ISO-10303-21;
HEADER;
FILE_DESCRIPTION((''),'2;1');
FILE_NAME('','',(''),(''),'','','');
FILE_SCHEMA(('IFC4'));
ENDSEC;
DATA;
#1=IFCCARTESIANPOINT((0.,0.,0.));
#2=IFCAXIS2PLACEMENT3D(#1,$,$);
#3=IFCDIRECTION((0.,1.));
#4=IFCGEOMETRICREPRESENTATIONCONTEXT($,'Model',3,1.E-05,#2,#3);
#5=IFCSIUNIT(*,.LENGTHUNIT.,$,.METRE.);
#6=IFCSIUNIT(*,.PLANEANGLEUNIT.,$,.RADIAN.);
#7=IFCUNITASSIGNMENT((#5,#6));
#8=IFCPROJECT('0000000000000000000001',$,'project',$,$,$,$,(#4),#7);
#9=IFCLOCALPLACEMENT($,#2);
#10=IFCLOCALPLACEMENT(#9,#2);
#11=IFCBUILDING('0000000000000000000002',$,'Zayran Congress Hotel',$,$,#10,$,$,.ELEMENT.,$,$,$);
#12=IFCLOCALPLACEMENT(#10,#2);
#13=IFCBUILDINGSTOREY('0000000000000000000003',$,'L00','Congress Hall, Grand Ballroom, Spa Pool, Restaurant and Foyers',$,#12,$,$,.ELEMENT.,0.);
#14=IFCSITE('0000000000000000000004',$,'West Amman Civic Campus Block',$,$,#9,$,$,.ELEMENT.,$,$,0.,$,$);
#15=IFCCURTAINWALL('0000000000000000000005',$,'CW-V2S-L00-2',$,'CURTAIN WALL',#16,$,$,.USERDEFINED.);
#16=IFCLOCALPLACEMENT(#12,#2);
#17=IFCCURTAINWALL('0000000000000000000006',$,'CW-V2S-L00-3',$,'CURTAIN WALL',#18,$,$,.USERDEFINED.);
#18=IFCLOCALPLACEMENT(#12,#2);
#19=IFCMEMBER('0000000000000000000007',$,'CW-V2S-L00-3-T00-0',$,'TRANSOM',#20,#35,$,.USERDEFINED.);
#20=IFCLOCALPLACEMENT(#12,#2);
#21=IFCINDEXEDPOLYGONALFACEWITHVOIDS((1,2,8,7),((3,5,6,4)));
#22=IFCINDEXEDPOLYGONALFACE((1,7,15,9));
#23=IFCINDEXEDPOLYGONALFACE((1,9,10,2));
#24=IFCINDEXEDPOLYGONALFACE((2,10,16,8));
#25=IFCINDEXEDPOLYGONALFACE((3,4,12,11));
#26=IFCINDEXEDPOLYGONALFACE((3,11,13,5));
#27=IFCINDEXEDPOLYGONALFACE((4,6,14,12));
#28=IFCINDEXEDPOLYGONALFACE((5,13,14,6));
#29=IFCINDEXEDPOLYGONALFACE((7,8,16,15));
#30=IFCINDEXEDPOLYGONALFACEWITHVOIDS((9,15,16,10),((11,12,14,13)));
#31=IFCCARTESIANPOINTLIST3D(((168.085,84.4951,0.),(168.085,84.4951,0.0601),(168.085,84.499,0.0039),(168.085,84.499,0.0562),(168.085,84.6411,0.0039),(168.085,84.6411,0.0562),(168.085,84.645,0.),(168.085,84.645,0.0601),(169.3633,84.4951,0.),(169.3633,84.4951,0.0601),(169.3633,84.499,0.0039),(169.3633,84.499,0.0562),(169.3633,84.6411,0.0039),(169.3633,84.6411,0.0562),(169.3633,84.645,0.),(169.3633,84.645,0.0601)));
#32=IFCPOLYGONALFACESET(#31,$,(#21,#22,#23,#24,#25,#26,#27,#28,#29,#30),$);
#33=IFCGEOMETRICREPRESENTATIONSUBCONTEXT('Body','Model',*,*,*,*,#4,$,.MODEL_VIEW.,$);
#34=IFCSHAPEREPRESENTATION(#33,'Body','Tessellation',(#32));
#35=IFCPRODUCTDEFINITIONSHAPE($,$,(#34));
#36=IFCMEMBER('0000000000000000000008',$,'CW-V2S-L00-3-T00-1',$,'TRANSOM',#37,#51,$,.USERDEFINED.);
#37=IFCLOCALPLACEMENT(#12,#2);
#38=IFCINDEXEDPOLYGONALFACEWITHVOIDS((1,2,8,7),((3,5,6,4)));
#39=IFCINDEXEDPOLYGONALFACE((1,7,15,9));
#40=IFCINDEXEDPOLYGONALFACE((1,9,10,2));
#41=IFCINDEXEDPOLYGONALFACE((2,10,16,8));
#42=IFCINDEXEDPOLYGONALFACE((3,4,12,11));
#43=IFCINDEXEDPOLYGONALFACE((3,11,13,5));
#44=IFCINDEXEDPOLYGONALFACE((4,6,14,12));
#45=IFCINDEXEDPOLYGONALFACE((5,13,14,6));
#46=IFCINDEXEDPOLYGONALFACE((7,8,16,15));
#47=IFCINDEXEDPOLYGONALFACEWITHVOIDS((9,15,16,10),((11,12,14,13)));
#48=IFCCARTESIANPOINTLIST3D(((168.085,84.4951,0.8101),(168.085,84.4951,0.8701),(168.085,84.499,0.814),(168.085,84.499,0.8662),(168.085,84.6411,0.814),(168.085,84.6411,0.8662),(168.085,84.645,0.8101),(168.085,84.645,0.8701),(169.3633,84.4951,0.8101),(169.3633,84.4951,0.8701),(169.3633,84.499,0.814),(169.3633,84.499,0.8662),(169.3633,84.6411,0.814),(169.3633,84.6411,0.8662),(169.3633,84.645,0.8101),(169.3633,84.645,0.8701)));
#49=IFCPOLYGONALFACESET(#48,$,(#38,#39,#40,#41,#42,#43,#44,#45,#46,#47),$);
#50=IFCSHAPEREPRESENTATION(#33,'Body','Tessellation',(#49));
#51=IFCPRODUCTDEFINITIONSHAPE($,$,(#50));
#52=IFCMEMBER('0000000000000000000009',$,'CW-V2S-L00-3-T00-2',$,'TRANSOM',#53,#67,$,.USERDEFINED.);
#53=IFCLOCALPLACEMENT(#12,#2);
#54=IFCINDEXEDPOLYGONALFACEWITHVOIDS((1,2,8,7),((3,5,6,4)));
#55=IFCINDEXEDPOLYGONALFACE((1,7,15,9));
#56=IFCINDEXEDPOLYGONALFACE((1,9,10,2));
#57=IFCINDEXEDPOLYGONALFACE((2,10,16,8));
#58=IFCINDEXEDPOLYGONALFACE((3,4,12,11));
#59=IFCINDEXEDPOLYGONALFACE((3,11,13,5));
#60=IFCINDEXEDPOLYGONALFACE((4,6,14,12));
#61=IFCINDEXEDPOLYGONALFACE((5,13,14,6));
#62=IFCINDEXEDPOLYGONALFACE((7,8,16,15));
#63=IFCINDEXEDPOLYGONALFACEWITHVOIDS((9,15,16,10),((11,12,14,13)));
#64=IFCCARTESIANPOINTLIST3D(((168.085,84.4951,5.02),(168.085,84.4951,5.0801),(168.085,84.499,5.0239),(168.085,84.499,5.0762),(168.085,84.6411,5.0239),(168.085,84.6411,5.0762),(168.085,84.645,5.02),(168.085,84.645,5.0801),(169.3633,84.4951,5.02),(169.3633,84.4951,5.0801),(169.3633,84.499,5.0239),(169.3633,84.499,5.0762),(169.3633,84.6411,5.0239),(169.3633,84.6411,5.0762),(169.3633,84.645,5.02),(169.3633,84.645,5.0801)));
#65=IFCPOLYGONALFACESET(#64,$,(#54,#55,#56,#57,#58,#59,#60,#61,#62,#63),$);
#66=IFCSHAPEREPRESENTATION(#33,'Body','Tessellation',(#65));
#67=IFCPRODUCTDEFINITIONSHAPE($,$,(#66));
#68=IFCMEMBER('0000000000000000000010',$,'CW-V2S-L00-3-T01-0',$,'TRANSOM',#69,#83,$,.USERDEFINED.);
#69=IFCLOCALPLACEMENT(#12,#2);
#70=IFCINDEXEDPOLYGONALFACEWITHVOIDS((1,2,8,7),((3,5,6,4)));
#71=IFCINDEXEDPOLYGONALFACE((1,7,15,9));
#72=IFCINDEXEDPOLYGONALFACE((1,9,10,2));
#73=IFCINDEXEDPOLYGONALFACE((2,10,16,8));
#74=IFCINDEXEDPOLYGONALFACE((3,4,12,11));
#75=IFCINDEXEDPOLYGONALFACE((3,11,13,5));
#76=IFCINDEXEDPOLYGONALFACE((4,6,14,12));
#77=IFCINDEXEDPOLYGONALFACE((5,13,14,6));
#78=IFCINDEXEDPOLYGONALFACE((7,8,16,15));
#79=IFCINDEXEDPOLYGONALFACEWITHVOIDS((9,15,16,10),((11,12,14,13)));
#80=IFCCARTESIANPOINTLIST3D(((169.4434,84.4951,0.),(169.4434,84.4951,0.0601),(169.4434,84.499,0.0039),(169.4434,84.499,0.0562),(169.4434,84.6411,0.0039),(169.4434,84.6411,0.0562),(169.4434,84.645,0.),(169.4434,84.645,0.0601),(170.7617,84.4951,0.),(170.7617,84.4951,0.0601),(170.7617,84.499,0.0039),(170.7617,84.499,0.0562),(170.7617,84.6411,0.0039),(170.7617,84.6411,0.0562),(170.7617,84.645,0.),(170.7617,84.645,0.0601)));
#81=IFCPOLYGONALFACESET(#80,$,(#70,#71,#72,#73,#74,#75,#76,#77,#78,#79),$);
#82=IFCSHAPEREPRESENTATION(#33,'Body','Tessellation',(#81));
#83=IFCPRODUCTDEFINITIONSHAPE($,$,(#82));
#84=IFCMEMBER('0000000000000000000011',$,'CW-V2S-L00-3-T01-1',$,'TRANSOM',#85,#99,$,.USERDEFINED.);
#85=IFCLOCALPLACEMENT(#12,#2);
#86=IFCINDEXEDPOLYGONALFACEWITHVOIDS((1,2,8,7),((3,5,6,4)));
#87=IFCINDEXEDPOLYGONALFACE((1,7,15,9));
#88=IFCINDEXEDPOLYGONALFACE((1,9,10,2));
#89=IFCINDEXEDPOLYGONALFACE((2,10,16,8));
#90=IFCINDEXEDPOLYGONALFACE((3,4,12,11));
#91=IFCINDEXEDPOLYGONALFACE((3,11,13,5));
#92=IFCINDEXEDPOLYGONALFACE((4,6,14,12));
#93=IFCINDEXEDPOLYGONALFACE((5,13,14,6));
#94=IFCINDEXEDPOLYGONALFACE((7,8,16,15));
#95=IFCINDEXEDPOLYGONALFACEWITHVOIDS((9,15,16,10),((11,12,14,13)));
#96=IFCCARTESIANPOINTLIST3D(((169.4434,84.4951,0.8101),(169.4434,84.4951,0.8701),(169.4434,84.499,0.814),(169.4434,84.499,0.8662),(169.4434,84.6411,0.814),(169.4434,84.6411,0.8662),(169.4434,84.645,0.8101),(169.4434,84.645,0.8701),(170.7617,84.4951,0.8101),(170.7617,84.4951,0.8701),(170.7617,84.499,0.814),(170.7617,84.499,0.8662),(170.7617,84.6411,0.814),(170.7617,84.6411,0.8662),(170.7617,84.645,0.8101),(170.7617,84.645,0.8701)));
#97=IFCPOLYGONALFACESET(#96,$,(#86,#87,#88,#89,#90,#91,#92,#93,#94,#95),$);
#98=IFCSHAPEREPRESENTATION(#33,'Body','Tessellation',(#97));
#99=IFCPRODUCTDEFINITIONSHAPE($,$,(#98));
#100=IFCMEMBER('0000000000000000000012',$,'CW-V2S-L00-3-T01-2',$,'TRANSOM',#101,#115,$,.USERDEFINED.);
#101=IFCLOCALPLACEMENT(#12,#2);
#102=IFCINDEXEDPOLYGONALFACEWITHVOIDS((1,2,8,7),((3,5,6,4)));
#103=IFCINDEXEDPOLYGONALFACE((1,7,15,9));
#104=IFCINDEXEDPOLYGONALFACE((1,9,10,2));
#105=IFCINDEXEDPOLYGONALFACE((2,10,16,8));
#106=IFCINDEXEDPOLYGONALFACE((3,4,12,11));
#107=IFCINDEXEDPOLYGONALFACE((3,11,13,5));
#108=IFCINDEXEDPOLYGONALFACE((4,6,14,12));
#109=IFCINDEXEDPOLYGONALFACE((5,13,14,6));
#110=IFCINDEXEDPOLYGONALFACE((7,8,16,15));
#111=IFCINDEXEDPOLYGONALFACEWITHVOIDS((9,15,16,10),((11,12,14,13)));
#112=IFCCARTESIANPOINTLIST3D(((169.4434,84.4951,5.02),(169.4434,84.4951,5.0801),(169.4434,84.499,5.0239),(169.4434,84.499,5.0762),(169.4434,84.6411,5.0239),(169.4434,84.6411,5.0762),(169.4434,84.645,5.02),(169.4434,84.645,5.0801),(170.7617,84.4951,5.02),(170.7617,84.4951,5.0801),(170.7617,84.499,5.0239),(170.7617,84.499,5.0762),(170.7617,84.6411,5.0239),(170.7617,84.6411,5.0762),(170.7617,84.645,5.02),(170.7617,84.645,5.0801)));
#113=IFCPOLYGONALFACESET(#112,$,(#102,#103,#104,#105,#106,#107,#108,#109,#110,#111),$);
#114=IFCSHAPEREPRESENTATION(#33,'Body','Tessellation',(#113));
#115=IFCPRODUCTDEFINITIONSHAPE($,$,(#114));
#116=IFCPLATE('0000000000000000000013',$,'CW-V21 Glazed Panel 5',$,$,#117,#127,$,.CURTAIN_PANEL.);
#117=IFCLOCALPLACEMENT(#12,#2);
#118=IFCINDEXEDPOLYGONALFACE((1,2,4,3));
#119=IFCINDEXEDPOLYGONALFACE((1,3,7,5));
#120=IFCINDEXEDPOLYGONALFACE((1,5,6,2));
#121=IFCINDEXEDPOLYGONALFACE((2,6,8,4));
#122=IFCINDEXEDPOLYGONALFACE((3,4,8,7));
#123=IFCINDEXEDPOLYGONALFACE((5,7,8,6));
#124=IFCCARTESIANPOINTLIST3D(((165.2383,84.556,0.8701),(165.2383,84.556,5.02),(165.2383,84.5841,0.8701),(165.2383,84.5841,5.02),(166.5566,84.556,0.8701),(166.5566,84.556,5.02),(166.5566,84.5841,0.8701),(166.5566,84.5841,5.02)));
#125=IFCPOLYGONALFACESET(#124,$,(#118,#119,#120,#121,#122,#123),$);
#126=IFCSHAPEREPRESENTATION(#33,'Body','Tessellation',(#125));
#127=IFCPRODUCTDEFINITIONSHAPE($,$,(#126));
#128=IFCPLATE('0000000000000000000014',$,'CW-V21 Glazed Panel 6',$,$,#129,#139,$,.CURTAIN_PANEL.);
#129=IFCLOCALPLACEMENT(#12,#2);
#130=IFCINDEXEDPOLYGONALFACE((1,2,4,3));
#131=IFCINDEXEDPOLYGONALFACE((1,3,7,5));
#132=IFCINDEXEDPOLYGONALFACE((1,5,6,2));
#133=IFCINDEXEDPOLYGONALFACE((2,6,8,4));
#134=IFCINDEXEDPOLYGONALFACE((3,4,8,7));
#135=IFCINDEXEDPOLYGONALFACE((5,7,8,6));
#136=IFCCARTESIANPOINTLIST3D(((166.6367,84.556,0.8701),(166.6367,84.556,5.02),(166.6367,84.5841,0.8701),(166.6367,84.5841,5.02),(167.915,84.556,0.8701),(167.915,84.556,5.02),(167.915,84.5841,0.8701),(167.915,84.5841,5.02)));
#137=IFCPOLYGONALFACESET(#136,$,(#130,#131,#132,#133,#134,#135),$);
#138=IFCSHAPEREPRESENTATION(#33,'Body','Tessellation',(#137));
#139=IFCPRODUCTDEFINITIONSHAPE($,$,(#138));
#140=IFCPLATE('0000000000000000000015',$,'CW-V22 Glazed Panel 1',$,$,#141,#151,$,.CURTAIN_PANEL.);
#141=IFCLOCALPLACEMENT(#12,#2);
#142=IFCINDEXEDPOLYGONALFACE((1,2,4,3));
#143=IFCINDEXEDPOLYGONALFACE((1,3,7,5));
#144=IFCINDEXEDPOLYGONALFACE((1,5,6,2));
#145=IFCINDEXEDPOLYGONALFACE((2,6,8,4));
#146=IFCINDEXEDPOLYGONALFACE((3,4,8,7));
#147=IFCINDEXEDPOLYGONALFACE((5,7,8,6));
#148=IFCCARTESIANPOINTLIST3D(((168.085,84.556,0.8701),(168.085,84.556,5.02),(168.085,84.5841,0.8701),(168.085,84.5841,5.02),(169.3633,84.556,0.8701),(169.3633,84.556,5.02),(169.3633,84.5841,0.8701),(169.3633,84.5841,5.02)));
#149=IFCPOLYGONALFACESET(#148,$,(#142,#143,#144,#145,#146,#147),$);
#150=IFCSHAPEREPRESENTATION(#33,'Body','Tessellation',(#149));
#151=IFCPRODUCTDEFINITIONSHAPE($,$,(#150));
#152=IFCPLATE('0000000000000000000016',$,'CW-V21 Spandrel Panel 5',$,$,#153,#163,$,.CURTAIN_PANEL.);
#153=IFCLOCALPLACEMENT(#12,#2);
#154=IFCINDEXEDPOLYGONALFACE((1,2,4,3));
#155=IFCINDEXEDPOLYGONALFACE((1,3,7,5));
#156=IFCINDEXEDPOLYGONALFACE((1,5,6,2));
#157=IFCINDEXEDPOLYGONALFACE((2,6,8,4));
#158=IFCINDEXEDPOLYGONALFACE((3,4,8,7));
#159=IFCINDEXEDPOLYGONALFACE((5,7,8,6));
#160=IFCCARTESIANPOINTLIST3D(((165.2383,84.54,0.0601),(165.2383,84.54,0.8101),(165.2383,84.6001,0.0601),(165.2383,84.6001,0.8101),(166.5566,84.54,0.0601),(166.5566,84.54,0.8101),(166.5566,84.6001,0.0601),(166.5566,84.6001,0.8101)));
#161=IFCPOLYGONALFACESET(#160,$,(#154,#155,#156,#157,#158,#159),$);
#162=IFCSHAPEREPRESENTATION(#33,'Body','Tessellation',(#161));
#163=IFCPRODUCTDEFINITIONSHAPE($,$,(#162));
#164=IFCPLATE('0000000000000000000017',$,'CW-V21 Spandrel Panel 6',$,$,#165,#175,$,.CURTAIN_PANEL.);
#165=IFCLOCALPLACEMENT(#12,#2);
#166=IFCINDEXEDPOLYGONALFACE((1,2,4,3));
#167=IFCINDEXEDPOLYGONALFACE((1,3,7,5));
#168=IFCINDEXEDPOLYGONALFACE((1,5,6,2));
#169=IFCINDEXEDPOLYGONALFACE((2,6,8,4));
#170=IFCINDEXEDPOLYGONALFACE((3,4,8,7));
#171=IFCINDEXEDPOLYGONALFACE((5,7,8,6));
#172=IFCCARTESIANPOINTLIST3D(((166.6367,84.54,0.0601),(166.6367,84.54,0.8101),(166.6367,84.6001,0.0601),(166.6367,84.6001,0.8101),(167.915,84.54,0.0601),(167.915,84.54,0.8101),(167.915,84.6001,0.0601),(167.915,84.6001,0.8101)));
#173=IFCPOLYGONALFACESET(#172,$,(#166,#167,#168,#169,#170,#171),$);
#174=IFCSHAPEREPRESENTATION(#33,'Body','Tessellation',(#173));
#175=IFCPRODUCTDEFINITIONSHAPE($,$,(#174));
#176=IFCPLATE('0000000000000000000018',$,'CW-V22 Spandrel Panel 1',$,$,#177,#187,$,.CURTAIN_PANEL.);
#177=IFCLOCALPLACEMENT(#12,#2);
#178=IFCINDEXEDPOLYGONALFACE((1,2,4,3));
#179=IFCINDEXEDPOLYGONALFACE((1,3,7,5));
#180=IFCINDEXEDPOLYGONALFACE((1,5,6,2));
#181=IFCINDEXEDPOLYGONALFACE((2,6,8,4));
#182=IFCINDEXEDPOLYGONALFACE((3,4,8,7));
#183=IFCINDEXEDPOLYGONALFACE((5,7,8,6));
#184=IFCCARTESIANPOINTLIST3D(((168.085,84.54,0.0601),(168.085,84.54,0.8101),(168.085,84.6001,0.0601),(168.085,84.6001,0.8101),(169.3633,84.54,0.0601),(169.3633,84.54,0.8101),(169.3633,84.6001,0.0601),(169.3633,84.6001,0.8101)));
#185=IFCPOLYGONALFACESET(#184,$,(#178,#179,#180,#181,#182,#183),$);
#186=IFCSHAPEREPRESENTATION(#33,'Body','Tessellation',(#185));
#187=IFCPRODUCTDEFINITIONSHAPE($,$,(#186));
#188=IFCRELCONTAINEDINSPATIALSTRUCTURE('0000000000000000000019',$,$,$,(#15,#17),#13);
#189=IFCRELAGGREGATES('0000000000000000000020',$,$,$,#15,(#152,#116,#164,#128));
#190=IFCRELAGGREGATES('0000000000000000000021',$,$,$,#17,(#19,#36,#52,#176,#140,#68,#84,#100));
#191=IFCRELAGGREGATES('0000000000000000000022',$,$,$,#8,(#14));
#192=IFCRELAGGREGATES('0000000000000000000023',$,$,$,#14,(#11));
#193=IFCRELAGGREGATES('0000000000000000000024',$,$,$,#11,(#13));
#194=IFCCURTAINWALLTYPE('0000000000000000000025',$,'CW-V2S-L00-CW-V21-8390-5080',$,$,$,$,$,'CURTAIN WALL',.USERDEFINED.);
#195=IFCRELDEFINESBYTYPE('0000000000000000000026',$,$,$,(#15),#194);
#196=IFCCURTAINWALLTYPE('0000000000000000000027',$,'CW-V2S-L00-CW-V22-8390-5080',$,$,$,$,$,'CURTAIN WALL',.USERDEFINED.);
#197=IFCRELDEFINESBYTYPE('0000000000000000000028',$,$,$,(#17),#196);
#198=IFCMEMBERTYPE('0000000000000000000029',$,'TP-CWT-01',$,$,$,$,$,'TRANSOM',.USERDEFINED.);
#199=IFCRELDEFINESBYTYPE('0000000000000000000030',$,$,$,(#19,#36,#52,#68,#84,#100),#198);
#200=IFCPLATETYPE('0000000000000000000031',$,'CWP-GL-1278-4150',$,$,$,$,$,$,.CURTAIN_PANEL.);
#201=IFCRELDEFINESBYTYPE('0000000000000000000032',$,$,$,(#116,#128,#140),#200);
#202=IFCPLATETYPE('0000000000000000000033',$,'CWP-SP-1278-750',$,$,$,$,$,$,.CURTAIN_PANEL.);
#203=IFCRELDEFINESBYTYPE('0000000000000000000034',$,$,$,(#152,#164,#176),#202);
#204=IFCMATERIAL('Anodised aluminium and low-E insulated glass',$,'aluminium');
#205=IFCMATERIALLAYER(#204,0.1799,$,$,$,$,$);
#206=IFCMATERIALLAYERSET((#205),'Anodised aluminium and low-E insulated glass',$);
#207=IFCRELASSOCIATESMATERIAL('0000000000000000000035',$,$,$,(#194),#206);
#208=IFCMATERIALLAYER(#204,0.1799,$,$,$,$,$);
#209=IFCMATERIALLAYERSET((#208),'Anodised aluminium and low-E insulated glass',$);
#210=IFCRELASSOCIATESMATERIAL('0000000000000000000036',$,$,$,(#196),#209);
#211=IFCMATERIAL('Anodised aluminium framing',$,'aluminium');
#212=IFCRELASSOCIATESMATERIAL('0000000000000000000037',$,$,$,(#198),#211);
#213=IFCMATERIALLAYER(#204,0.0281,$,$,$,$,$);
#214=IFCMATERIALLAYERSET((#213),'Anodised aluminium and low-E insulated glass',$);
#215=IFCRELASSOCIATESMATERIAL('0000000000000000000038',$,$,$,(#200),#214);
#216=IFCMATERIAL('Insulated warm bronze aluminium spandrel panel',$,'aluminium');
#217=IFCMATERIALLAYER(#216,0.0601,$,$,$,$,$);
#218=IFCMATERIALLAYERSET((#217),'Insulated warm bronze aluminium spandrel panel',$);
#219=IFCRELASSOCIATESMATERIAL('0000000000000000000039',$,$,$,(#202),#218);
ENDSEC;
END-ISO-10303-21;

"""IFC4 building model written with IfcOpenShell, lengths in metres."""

from ifc_helpers import new_model, si_unit, direction, frame, origin, origin_2d, place, context, subcontext, project, spatial, rectangle, hollow_rectangle, extrude, material, layer, layer_set, material_profile, profile_set, type_object, element, aggregate, save


model = new_model("IFC4")

# Units and contexts
model_context = context("Model", 3, precision=1e-05, world=origin(), true_north=direction((0.0, 1.0)))
body_context = subcontext(model_context, "Body", "Model", "MODEL_VIEW")
ifc_project = project(units=[si_unit("LENGTHUNIT", "METRE"), si_unit("PLANEANGLEUNIT", "RADIAN")], contexts=[model_context])

# Site, building, storey
site_placement = place(None, origin())
site = spatial("IfcSite", under=ifc_project, at=site_placement, Name="West Amman Civic Campus Block", CompositionType="ELEMENT", RefElevation=0.0)
building_placement = place(site_placement, origin())
building = spatial("IfcBuilding", under=site, at=building_placement, Name="Zayran Congress Hotel", CompositionType="ELEMENT")
storey_placement = place(building_placement, origin())
storey = spatial("IfcBuildingStorey", under=building, at=storey_placement, Name="L00", Description="Congress Hall, Grand Ballroom, Spa Pool, Restaurant and Foyers", CompositionType="ELEMENT", Elevation=0.0)

# Curtain walls
ifc_material_1 = material(Name="Anodised aluminium and low-E insulated glass", Category="aluminium")
ifc_layer_1 = layer(ifc_material_1, 0.1799)
ifc_layer_set_1 = layer_set([ifc_layer_1], Name="Anodised aluminium and low-E insulated glass")
curtain_wall_type_1 = type_object("IfcCurtainWallType", Name="CW-V2S-L00-CW-V21-8390-5080", ElementType="CURTAIN WALL", PredefinedType="USERDEFINED", material=ifc_layer_set_1)
curtain_wall_1_placement = place(storey_placement, origin())
curtain_wall_1 = element("IfcCurtainWall", 1, at=curtain_wall_1_placement, inside=storey, type_object=curtain_wall_type_1, Name="CW-V2S-L00-2", ObjectType="CURTAIN WALL", PredefinedType="USERDEFINED")
ifc_material_2 = material(Name="Anodised aluminium framing", Category="aluminium")
ifc_layer_2 = layer(ifc_material_1, 0.1799)
ifc_layer_set_2 = layer_set([ifc_layer_2], Name="Anodised aluminium and low-E insulated glass")
curtain_wall_type_2 = type_object("IfcCurtainWallType", Name="CW-V2S-L00-CW-V22-8390-5080", ElementType="CURTAIN WALL", PredefinedType="USERDEFINED", material=ifc_layer_set_2)
curtain_wall_2_placement = place(storey_placement, origin())
curtain_wall_2 = element("IfcCurtainWall", 2, at=curtain_wall_2_placement, inside=storey, type_object=curtain_wall_type_2, Name="CW-V2S-L00-3", ObjectType="CURTAIN WALL", PredefinedType="USERDEFINED")

# Members
ifc_material_profile_1 = material_profile(ifc_material_2, hollow_rectangle(XDim=0.0601, YDim=0.1499, WallThickness=0.0039, at=origin_2d()), Name="RHS 150x60x4")
ifc_profile_set_1 = profile_set([ifc_material_profile_1], Name="Anodised aluminium framing")
member_type_1 = type_object("IfcMemberType", Name="TP-CWT-01", ElementType="TRANSOM", PredefinedType="USERDEFINED", material=ifc_profile_set_1)
member_1_placement = place(storey_placement, frame((168.085, 84.5701, 0.03), z_axis=(1.0, 0.0, 0.0), x_axis=(0.0, 0.0, 1.0)))
member_1 = element("IfcMember", 3, at=member_1_placement, type_object=member_type_1, Name="CW-V2S-L00-3-T00-0", ObjectType="TRANSOM", PredefinedType="USERDEFINED", context=body_context, shape_type="SweptSolid", body=[
    extrude(hollow_rectangle(XDim=0.0601, YDim=0.1499, WallThickness=0.0039, at=origin_2d()), origin(), (0.0, 0.0, 1.0), 1.2783),
])
member_2_placement = place(storey_placement, frame((168.085, 84.5701, 0.8401), z_axis=(1.0, 0.0, 0.0), x_axis=(0.0, 0.0, 1.0)))
member_2 = element("IfcMember", 4, at=member_2_placement, type_object=member_type_1, Name="CW-V2S-L00-3-T00-1", ObjectType="TRANSOM", PredefinedType="USERDEFINED", context=body_context, shape_type="SweptSolid", body=[
    extrude(hollow_rectangle(XDim=0.0601, YDim=0.1499, WallThickness=0.0039, at=origin_2d()), origin(), (0.0, 0.0, 1.0), 1.2783),
])
member_3_placement = place(storey_placement, frame((168.085, 84.5701, 5.05), z_axis=(1.0, 0.0, 0.0), x_axis=(0.0, 0.0, 1.0)))
member_3 = element("IfcMember", 5, at=member_3_placement, type_object=member_type_1, Name="CW-V2S-L00-3-T00-2", ObjectType="TRANSOM", PredefinedType="USERDEFINED", context=body_context, shape_type="SweptSolid", body=[
    extrude(hollow_rectangle(XDim=0.0601, YDim=0.1499, WallThickness=0.0039, at=origin_2d()), origin(), (0.0, 0.0, 1.0), 1.2783),
])
member_4_placement = place(storey_placement, frame((169.4434, 84.5701, 0.03), z_axis=(1.0, 0.0, 0.0), x_axis=(0.0, 0.0, 1.0)))
member_4 = element("IfcMember", 6, at=member_4_placement, type_object=member_type_1, Name="CW-V2S-L00-3-T01-0", ObjectType="TRANSOM", PredefinedType="USERDEFINED", context=body_context, shape_type="SweptSolid", body=[
    extrude(hollow_rectangle(XDim=0.0601, YDim=0.1499, WallThickness=0.0039, at=origin_2d()), origin(), (0.0, 0.0, 1.0), 1.3184),
])
member_5_placement = place(storey_placement, frame((169.4434, 84.5701, 0.8401), z_axis=(1.0, 0.0, 0.0), x_axis=(0.0, 0.0, 1.0)))
member_5 = element("IfcMember", 7, at=member_5_placement, type_object=member_type_1, Name="CW-V2S-L00-3-T01-1", ObjectType="TRANSOM", PredefinedType="USERDEFINED", context=body_context, shape_type="SweptSolid", body=[
    extrude(hollow_rectangle(XDim=0.0601, YDim=0.1499, WallThickness=0.0039, at=origin_2d()), origin(), (0.0, 0.0, 1.0), 1.3184),
])
member_6_placement = place(storey_placement, frame((169.4434, 84.5701, 5.05), z_axis=(1.0, 0.0, 0.0), x_axis=(0.0, 0.0, 1.0)))
member_6 = element("IfcMember", 8, at=member_6_placement, type_object=member_type_1, Name="CW-V2S-L00-3-T01-2", ObjectType="TRANSOM", PredefinedType="USERDEFINED", context=body_context, shape_type="SweptSolid", body=[
    extrude(hollow_rectangle(XDim=0.0601, YDim=0.1499, WallThickness=0.0039, at=origin_2d()), origin(), (0.0, 0.0, 1.0), 1.3184),
])

# Plates
ifc_layer_3 = layer(ifc_material_1, 0.0281)
ifc_layer_set_3 = layer_set([ifc_layer_3], Name="Anodised aluminium and low-E insulated glass")
plate_type_1 = type_object("IfcPlateType", Name="CWP-GL-1278-4150", PredefinedType="CURTAIN_PANEL", material=ifc_layer_set_3)
plate_1_placement = place(storey_placement, frame((165.8975, 84.5701, 0.8701), z_axis=(0.0, 0.0, 1.0), x_axis=(1.0, 0.0, 0.0)))
plate_1 = element("IfcPlate", 9, at=plate_1_placement, type_object=plate_type_1, Name="CW-V21 Glazed Panel 5", PredefinedType="CURTAIN_PANEL", context=body_context, shape_type="SweptSolid", body=[
    extrude(rectangle(XDim=1.3184, YDim=0.0281, at=origin_2d()), origin(), (0.0, 0.0, 1.0), 4.1499),
])
plate_2_placement = place(storey_placement, frame((167.2759, 84.5701, 0.8701), z_axis=(0.0, 0.0, 1.0), x_axis=(1.0, 0.0, 0.0)))
plate_2 = element("IfcPlate", 10, at=plate_2_placement, type_object=plate_type_1, Name="CW-V21 Glazed Panel 6", PredefinedType="CURTAIN_PANEL", context=body_context, shape_type="SweptSolid", body=[
    extrude(rectangle(XDim=1.2783, YDim=0.0281, at=origin_2d()), origin(), (0.0, 0.0, 1.0), 4.1499),
])
plate_3_placement = place(storey_placement, frame((168.7241, 84.5701, 0.8701), z_axis=(0.0, 0.0, 1.0), x_axis=(1.0, 0.0, 0.0)))
plate_3 = element("IfcPlate", 11, at=plate_3_placement, type_object=plate_type_1, Name="CW-V22 Glazed Panel 1", PredefinedType="CURTAIN_PANEL", context=body_context, shape_type="SweptSolid", body=[
    extrude(rectangle(XDim=1.2783, YDim=0.0281, at=origin_2d()), origin(), (0.0, 0.0, 1.0), 4.1499),
])
ifc_material_3 = material(Name="Insulated warm bronze aluminium spandrel panel", Category="aluminium")
ifc_layer_4 = layer(ifc_material_3, 0.0601)
ifc_layer_set_4 = layer_set([ifc_layer_4], Name="Insulated warm bronze aluminium spandrel panel")
plate_type_2 = type_object("IfcPlateType", Name="CWP-SP-1278-750", PredefinedType="CURTAIN_PANEL", material=ifc_layer_set_4)
plate_4_placement = place(storey_placement, frame((165.8975, 84.5701, 0.0601), z_axis=(0.0, 0.0, 1.0), x_axis=(1.0, 0.0, 0.0)))
plate_4 = element("IfcPlate", 12, at=plate_4_placement, type_object=plate_type_2, Name="CW-V21 Spandrel Panel 5", PredefinedType="CURTAIN_PANEL", context=body_context, shape_type="SweptSolid", body=[
    extrude(rectangle(XDim=1.3184, YDim=0.0601, at=origin_2d()), origin(), (0.0, 0.0, 1.0), 0.75),
])
plate_5_placement = place(storey_placement, frame((167.2759, 84.5701, 0.0601), z_axis=(0.0, 0.0, 1.0), x_axis=(1.0, 0.0, 0.0)))
plate_5 = element("IfcPlate", 13, at=plate_5_placement, type_object=plate_type_2, Name="CW-V21 Spandrel Panel 6", PredefinedType="CURTAIN_PANEL", context=body_context, shape_type="SweptSolid", body=[
    extrude(rectangle(XDim=1.2783, YDim=0.0601, at=origin_2d()), origin(), (0.0, 0.0, 1.0), 0.75),
])
aggregate(curtain_wall_1, [plate_4, plate_1, plate_5, plate_2])
plate_6_placement = place(storey_placement, frame((168.7241, 84.5701, 0.0601), z_axis=(0.0, 0.0, 1.0), x_axis=(1.0, 0.0, 0.0)))
plate_6 = element("IfcPlate", 14, at=plate_6_placement, type_object=plate_type_2, Name="CW-V22 Spandrel Panel 1", PredefinedType="CURTAIN_PANEL", context=body_context, shape_type="SweptSolid", body=[
    extrude(rectangle(XDim=1.2783, YDim=0.0601, at=origin_2d()), origin(), (0.0, 0.0, 1.0), 0.75),
])
aggregate(curtain_wall_2, [member_1, member_2, member_3, plate_6, plate_3, member_4, member_5, member_6])

save(model, "model.ifc")
